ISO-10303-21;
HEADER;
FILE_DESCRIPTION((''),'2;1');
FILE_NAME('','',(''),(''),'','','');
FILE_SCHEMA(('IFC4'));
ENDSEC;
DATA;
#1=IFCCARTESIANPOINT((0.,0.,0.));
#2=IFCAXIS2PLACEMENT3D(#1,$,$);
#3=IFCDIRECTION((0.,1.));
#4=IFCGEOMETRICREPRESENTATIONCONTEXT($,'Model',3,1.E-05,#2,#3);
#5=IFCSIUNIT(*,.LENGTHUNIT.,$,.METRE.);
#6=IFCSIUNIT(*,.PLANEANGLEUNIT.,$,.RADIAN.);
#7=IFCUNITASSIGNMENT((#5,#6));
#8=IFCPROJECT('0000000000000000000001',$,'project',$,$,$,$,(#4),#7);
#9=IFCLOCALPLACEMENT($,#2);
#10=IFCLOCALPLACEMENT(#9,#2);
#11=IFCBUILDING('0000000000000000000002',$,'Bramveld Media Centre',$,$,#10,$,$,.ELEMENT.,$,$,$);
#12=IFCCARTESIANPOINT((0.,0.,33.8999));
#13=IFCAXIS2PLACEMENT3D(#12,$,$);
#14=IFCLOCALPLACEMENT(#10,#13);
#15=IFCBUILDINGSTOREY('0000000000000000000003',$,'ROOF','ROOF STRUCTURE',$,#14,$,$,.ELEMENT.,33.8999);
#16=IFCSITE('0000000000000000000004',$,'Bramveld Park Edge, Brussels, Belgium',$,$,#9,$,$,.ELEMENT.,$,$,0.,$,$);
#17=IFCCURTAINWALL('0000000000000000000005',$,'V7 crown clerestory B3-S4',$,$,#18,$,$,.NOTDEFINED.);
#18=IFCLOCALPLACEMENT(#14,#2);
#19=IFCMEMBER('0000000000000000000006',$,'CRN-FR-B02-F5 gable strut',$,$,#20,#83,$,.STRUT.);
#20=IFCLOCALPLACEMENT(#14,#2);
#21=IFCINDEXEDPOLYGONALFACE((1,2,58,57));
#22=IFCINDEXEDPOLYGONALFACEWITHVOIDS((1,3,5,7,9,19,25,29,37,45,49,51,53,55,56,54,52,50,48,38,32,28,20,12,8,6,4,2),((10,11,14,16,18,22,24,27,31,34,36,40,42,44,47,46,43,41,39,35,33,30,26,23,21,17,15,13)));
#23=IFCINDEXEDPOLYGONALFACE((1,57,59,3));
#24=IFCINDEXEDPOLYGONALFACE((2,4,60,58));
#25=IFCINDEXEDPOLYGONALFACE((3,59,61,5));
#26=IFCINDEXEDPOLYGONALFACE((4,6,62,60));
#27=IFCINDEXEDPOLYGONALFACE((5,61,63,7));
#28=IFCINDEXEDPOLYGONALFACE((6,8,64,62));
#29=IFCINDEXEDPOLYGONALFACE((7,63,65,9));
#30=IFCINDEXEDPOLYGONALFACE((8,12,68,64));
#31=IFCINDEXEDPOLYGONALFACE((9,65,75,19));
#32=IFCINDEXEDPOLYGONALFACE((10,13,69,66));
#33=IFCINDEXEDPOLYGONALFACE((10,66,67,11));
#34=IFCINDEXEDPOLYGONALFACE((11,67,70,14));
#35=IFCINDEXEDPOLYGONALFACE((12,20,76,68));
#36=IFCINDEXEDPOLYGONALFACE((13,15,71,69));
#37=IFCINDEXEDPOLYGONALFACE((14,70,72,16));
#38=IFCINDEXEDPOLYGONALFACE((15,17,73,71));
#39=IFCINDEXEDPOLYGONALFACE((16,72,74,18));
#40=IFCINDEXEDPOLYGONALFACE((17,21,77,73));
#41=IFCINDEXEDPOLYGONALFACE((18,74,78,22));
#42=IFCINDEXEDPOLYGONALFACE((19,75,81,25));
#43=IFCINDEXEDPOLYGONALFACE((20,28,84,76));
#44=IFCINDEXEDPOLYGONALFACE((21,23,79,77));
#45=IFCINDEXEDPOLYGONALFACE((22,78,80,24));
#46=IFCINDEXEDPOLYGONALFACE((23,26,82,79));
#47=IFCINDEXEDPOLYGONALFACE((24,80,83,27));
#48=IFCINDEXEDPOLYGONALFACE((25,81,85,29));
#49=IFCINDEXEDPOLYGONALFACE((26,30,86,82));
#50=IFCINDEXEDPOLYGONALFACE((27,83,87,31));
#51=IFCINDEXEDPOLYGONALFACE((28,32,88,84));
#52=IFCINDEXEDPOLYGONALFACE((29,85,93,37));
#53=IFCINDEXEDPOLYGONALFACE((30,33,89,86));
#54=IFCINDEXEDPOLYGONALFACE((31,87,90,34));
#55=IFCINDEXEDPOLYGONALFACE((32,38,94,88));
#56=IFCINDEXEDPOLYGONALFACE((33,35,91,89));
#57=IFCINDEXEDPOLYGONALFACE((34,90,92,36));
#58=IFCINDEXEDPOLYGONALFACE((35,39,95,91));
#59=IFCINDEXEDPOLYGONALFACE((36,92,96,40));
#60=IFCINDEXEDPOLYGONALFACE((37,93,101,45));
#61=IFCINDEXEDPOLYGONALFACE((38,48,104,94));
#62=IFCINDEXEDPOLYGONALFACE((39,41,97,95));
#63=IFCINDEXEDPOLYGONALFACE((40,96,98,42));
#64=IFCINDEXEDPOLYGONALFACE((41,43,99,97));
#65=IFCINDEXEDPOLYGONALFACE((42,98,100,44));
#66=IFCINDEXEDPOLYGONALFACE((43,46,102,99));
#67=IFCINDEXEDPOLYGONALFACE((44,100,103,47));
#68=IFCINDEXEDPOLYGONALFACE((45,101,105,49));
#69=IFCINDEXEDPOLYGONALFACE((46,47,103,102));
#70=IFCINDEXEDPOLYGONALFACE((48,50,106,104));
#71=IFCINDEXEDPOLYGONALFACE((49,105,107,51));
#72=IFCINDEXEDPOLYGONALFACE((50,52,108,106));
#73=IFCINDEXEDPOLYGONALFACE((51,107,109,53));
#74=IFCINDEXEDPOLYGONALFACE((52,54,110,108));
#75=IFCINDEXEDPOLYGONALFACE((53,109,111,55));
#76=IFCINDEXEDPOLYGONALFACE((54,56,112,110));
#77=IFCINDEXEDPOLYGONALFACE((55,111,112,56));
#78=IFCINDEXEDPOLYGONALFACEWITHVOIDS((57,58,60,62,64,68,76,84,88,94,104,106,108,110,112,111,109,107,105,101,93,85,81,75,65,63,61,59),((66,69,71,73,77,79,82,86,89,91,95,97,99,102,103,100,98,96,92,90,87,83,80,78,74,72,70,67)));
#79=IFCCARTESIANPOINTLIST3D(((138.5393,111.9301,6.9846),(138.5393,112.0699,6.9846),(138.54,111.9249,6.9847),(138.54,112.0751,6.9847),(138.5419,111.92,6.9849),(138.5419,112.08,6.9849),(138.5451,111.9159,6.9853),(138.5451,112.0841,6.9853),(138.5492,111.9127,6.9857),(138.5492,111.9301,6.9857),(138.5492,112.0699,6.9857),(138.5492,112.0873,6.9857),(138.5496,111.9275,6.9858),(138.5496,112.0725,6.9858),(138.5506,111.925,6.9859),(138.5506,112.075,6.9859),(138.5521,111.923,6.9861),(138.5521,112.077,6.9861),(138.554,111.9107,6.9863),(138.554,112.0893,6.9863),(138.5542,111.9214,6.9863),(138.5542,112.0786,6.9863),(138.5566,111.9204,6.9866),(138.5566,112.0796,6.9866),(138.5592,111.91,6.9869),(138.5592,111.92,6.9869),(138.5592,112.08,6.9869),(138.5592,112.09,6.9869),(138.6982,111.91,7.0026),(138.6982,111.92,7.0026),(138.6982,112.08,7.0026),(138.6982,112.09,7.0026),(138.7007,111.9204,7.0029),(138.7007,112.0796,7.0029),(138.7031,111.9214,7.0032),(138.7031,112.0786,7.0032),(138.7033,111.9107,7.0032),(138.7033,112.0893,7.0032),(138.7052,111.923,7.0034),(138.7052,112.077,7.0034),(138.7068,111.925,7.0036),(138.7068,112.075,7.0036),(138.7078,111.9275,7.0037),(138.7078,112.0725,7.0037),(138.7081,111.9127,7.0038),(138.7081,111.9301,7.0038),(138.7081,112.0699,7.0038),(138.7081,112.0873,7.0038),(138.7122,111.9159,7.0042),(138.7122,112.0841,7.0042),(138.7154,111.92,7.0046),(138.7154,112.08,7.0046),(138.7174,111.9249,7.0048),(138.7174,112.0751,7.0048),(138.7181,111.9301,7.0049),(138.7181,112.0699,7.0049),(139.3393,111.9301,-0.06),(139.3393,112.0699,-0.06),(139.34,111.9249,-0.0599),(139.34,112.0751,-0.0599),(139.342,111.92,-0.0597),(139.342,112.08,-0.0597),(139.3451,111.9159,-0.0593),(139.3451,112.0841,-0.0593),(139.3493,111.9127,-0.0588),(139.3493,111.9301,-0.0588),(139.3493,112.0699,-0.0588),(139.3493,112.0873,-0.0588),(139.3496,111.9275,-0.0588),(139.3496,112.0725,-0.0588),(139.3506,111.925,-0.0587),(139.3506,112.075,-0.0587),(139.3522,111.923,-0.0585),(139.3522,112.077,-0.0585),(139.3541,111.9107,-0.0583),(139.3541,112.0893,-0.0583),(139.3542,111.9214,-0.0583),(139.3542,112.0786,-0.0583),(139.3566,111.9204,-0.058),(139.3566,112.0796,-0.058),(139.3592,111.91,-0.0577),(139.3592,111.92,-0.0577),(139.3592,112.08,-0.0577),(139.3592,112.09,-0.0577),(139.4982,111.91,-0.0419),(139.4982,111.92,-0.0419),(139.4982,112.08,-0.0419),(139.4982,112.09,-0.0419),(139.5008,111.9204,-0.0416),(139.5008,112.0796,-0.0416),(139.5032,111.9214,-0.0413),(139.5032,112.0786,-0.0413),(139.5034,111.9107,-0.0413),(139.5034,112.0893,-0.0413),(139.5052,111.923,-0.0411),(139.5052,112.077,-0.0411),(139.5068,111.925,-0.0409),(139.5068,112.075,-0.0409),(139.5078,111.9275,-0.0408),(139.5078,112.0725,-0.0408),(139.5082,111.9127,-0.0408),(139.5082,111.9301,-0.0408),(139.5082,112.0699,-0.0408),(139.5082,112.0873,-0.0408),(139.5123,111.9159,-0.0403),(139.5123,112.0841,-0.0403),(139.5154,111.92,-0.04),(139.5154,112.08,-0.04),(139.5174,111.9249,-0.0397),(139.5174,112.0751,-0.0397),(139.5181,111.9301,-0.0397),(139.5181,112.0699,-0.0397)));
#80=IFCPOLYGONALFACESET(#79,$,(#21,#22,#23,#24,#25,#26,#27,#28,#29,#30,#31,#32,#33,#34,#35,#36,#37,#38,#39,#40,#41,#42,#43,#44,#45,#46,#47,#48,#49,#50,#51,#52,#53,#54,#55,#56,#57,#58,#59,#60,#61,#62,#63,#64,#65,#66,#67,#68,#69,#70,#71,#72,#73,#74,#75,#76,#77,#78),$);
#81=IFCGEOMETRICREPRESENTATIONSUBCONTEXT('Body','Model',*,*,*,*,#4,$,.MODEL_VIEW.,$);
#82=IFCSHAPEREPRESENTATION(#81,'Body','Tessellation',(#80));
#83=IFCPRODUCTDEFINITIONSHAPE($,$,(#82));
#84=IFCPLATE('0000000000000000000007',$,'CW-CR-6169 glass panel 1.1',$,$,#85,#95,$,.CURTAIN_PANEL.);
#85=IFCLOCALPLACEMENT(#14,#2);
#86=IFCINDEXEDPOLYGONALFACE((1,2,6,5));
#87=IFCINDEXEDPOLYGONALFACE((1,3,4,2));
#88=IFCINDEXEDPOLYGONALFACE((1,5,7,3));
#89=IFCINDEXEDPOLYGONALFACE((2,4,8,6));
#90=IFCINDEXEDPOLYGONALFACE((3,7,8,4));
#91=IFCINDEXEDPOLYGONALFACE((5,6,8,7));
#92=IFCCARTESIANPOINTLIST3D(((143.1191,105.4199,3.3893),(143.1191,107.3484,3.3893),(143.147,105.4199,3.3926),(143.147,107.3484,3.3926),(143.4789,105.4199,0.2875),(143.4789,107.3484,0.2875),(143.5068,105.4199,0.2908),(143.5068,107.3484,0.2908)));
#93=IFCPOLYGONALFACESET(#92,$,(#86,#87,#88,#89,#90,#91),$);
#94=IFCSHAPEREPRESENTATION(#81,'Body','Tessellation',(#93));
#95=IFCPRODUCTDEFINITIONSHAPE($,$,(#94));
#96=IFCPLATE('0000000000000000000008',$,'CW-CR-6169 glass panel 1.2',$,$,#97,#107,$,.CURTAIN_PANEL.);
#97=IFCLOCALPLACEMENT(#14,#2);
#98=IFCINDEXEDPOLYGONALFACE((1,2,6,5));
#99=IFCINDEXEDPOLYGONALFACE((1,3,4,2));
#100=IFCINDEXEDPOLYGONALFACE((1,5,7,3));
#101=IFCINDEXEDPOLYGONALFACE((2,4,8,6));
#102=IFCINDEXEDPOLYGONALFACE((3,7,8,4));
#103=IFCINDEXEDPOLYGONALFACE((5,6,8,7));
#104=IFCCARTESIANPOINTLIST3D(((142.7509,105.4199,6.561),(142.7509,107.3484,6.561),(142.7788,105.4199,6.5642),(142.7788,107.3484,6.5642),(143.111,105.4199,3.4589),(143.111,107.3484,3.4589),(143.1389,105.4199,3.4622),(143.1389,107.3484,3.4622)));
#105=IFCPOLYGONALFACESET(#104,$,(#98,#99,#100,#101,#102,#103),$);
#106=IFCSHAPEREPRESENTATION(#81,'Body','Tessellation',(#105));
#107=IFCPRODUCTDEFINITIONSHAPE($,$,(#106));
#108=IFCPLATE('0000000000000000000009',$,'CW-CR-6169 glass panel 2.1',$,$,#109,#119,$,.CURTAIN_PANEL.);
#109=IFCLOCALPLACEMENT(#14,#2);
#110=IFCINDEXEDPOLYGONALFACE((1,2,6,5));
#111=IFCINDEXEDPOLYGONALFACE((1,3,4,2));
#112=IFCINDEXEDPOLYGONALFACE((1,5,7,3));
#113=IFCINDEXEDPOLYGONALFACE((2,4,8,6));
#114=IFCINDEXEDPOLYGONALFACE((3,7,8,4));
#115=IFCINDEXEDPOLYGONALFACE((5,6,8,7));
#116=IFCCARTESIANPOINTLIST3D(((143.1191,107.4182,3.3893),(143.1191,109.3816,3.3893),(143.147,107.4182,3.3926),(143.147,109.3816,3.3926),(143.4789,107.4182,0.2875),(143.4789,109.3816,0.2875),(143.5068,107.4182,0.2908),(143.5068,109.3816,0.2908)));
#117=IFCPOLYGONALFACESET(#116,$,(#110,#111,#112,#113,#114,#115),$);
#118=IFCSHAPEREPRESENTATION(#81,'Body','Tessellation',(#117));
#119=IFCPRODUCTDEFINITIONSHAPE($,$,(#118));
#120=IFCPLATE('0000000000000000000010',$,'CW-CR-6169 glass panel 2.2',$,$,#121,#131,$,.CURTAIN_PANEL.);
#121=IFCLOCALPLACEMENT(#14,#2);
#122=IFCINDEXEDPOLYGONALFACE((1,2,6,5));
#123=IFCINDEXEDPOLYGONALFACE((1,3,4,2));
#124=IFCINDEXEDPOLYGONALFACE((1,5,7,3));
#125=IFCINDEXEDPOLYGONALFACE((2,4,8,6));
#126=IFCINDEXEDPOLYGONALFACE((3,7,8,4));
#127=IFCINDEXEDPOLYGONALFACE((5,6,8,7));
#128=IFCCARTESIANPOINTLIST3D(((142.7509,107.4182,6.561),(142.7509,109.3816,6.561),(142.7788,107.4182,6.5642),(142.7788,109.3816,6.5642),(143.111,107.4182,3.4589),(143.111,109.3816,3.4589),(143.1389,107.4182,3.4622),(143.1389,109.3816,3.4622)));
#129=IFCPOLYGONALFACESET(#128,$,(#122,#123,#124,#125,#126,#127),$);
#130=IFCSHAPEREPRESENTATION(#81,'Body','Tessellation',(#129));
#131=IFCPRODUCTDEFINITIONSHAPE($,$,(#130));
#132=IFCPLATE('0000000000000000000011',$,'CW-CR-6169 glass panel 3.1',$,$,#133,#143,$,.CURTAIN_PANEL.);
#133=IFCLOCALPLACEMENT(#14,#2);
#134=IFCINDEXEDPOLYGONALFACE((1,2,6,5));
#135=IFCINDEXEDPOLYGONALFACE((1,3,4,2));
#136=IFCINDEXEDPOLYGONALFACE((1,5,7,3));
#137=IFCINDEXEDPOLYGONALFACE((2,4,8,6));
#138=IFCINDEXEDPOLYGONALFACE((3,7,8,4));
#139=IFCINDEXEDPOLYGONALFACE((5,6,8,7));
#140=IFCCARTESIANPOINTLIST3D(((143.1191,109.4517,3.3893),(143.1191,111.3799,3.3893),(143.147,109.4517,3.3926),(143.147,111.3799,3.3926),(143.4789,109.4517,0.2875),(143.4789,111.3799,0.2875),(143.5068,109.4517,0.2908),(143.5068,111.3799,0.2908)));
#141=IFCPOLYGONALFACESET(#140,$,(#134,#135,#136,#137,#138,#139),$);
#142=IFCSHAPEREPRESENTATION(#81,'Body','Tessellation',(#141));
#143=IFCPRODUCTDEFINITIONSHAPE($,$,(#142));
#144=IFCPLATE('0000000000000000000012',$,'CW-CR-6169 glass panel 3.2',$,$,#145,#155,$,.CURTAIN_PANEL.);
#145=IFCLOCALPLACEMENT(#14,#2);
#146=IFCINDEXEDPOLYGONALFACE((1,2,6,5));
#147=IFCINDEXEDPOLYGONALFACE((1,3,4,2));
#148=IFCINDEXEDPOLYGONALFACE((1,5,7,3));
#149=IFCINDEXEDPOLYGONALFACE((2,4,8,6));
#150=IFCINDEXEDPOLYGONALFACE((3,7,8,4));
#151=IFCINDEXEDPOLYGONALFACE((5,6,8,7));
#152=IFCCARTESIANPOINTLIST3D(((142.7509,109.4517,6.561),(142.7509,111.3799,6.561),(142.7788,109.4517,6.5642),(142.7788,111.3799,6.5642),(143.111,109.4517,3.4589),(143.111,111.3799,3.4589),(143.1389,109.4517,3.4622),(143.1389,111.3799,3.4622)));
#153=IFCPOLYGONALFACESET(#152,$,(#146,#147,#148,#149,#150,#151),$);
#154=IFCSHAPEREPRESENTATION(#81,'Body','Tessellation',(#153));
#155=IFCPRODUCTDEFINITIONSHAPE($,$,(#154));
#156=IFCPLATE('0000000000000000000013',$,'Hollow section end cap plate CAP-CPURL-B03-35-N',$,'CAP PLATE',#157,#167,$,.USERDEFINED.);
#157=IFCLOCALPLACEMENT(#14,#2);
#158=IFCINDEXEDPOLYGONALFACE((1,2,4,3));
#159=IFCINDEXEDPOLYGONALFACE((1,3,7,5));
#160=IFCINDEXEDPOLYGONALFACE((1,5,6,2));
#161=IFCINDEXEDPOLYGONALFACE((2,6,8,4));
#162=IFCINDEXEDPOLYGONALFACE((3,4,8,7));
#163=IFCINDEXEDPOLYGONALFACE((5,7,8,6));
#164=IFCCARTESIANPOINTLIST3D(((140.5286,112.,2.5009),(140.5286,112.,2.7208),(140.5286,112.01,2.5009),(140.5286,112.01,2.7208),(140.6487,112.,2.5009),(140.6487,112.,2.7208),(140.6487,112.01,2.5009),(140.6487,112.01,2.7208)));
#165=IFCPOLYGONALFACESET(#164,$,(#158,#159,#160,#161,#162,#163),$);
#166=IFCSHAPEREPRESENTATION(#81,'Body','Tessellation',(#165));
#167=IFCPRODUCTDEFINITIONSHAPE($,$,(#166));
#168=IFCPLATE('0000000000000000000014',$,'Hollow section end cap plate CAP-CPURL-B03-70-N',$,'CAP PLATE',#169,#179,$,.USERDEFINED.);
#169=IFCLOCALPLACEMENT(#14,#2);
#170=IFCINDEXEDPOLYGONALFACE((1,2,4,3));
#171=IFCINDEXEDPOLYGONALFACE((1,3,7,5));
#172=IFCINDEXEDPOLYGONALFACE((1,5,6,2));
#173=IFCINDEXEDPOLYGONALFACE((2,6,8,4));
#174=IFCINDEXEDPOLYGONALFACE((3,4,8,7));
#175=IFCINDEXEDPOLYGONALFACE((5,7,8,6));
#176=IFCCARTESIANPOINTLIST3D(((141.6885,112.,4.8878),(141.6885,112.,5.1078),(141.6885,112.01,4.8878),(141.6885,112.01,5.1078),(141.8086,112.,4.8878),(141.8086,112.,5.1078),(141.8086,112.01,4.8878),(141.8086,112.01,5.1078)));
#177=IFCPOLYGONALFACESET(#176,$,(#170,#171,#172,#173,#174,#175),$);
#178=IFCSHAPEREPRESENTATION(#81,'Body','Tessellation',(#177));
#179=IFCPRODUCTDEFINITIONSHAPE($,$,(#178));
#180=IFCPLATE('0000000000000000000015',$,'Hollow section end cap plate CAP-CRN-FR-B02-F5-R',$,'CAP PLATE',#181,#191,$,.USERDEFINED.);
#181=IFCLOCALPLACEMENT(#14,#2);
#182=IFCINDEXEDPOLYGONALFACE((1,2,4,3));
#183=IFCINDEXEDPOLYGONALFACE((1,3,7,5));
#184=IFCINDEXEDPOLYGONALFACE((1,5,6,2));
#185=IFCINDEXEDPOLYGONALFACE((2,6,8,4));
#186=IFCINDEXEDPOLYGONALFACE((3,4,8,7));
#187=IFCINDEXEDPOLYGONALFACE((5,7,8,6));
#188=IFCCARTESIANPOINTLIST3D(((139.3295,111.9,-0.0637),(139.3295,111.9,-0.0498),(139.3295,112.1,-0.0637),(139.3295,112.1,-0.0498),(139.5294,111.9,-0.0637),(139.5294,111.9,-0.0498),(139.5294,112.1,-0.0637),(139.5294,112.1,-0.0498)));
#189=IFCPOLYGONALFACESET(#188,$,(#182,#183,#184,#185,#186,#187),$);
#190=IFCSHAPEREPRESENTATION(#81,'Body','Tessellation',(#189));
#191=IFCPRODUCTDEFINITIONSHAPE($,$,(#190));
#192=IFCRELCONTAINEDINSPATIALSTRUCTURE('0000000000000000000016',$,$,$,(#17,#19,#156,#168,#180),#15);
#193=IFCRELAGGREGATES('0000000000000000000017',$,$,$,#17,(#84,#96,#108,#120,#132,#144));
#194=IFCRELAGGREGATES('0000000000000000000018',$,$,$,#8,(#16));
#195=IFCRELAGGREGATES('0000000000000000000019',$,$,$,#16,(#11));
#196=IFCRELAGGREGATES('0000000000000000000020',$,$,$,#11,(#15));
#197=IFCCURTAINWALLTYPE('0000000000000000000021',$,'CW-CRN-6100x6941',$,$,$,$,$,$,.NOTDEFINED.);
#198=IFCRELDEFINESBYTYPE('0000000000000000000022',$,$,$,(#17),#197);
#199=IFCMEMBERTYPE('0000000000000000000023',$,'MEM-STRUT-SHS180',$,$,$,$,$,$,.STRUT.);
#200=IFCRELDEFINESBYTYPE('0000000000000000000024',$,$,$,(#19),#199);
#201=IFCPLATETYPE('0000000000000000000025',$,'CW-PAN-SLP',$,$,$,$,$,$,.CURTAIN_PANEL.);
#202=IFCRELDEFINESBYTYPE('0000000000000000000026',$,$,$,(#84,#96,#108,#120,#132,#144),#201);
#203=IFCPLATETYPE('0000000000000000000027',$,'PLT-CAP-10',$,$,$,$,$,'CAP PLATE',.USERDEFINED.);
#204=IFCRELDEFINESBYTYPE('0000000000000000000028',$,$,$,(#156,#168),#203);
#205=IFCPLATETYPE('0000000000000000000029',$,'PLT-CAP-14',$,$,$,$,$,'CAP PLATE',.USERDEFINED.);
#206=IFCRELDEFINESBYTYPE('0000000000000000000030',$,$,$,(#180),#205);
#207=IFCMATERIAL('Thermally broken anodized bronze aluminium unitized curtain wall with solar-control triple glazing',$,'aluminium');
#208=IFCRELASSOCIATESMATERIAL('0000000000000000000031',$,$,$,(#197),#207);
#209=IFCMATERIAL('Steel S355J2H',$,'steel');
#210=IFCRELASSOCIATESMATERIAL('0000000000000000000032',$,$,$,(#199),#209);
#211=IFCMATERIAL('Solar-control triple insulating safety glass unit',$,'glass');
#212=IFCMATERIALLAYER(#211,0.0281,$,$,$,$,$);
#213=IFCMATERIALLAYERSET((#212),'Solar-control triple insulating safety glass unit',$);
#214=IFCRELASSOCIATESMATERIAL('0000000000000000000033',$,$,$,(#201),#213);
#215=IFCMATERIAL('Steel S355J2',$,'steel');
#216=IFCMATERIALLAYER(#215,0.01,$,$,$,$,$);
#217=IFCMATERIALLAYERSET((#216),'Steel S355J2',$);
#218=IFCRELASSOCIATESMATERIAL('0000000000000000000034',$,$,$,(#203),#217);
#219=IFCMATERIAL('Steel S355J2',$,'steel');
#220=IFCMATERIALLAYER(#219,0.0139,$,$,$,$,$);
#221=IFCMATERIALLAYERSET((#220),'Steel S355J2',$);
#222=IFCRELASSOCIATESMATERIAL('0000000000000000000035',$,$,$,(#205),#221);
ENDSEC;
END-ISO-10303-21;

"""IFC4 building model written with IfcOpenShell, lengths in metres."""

from ifc_helpers import new_model, si_unit, direction, frame, origin, origin_2d, place, context, subcontext, project, spatial, polyline, rectangle, hollow_rectangle, outline, extrude, material, layer, layer_set, material_profile, profile_set, type_object, element, aggregate, save


model = new_model("IFC4")

# Units and contexts
model_context = context("Model", 3, precision=1e-05, world=origin(), true_north=direction((0.0, 1.0)))
body_context = subcontext(model_context, "Body", "Model", "MODEL_VIEW")
ifc_project = project(units=[si_unit("LENGTHUNIT", "METRE"), si_unit("PLANEANGLEUNIT", "RADIAN")], contexts=[model_context])

# Site, building, storey
site_placement = place(None, origin())
site = spatial("IfcSite", under=ifc_project, at=site_placement, Name="Bramveld Park Edge, Brussels, Belgium", CompositionType="ELEMENT", RefElevation=0.0)
building_placement = place(site_placement, origin())
building = spatial("IfcBuilding", under=site, at=building_placement, Name="Bramveld Media Centre", CompositionType="ELEMENT")
storey_placement = place(building_placement, frame((0.0, 0.0, 33.8999)))
storey = spatial("IfcBuildingStorey", under=building, at=storey_placement, Name="ROOF", Description="ROOF STRUCTURE", CompositionType="ELEMENT", Elevation=33.8999)

# Curtain wall
ifc_material_1 = material(Name="Thermally broken anodized bronze aluminium unitized curtain wall with solar-control triple glazing", Category="aluminium")
curtain_wall_type = type_object("IfcCurtainWallType", Name="CW-CRN-6100x6941", PredefinedType="NOTDEFINED", material=ifc_material_1)
curtain_wall_1_placement = place(storey_placement, origin())
curtain_wall_1 = element("IfcCurtainWall", 1, at=curtain_wall_1_placement, inside=storey, type_object=curtain_wall_type, Name="V7 crown clerestory B3-S4", PredefinedType="NOTDEFINED")

# Member
ifc_material_2 = material(Name="Steel S355J2H", Category="steel")
ifc_material_profile_1 = material_profile(ifc_material_2, hollow_rectangle(XDim=0.1799, YDim=0.1799, WallThickness=0.01, InnerFilletRadius=0.01, OuterFilletRadius=0.02, at=origin_2d()), Name="SHS 180x180x10")
ifc_profile_set_1 = profile_set([ifc_material_profile_1], Name="Steel S355J2H")
member_type_1 = type_object("IfcMemberType", Name="MEM-STRUT-SHS180", PredefinedType="STRUT", material=ifc_profile_set_1)
member_1_placement = place(storey_placement, frame((139.4287, 112.0, -0.0498), z_axis=(-0.112842, 0.0, 0.993613), x_axis=(0.0, -1.0, 0.0)))
element("IfcMember", 2, at=member_1_placement, inside=storey, type_object=member_type_1, Name="CRN-FR-B02-F5 gable strut", PredefinedType="STRUT", context=body_context, shape_type="SweptSolid", body=[
    extrude(hollow_rectangle(XDim=0.1799, YDim=0.1799, WallThickness=0.01, InnerFilletRadius=0.01, OuterFilletRadius=0.02, at=origin_2d()), origin(), (0.0, 0.0, 1.0), 7.0898),
])

# Plates
ifc_material_3 = material(Name="Solar-control triple insulating safety glass unit", Category="glass")
ifc_layer_1 = layer(ifc_material_3, 0.0281)
ifc_layer_set_1 = layer_set([ifc_layer_1], Name="Solar-control triple insulating safety glass unit")
plate_type_1 = type_object("IfcPlateType", Name="CW-PAN-SLP", PredefinedType="CURTAIN_PANEL", material=ifc_layer_set_1)
plate_1_placement = place(storey_placement, frame((143.5068, 105.4199, 0.2908), z_axis=(0.993337, 0.0, 0.115244), x_axis=(0.0, 1.0, 0.0)))
plate_1 = element("IfcPlate", 3, at=plate_1_placement, type_object=plate_type_1, Name="CW-CR-6169 glass panel 1.1", PredefinedType="CURTAIN_PANEL", context=body_context, shape_type="SweptSolid", body=[
    extrude(outline(polyline([(0.0, 0.0), (1.9285, 0.0), (1.9285, 3.1226), (0.0, 3.1226), (0.0, 0.0)])), origin(), (0.0, 0.0, -1.0), 0.0281),
])
plate_2_placement = place(storey_placement, frame((143.1389, 105.4199, 3.4622), z_axis=(0.993329, 0.0, 0.115313), x_axis=(0.0, 1.0, 0.0)))
plate_2 = element("IfcPlate", 4, at=plate_2_placement, type_object=plate_type_1, Name="CW-CR-6169 glass panel 1.2", PredefinedType="CURTAIN_PANEL", context=body_context, shape_type="SweptSolid", body=[
    extrude(outline(polyline([(0.0, 0.0), (1.9285, 0.0), (1.9285, 3.1229), (0.0, 3.1229), (0.0, 0.0)])), origin(), (0.0, 0.0, -1.0), 0.0281),
])
plate_3_placement = place(storey_placement, frame((143.5068, 107.4182, 0.2908), z_axis=(0.993337, 0.0, 0.115244), x_axis=(0.0, 1.0, 0.0)))
plate_3 = element("IfcPlate", 5, at=plate_3_placement, type_object=plate_type_1, Name="CW-CR-6169 glass panel 2.1", PredefinedType="CURTAIN_PANEL", context=body_context, shape_type="SweptSolid", body=[
    extrude(outline(polyline([(0.0, 0.0), (1.9634, 0.0), (1.9634, 3.1226), (0.0, 3.1226), (0.0, 0.0)])), origin(), (0.0, 0.0, -1.0), 0.0281),
])
plate_4_placement = place(storey_placement, frame((143.1389, 107.4182, 3.4622), z_axis=(0.993329, 0.0, 0.115313), x_axis=(0.0, 1.0, 0.0)))
plate_4 = element("IfcPlate", 6, at=plate_4_placement, type_object=plate_type_1, Name="CW-CR-6169 glass panel 2.2", PredefinedType="CURTAIN_PANEL", context=body_context, shape_type="SweptSolid", body=[
    extrude(outline(polyline([(0.0, 0.0), (1.9634, 0.0), (1.9634, 3.1229), (0.0, 3.1229), (0.0, 0.0)])), origin(), (0.0, 0.0, -1.0), 0.0281),
])
plate_5_placement = place(storey_placement, frame((143.5068, 109.4517, 0.2908), z_axis=(0.993337, 0.0, 0.115244), x_axis=(0.0, 1.0, 0.0)))
plate_5 = element("IfcPlate", 7, at=plate_5_placement, type_object=plate_type_1, Name="CW-CR-6169 glass panel 3.1", PredefinedType="CURTAIN_PANEL", context=body_context, shape_type="SweptSolid", body=[
    extrude(outline(polyline([(0.0, 0.0), (1.9282, 0.0), (1.9282, 3.1226), (0.0, 3.1226), (0.0, 0.0)])), origin(), (0.0, 0.0, -1.0), 0.0281),
])
plate_6_placement = place(storey_placement, frame((143.1389, 109.4517, 3.4622), z_axis=(0.993329, 0.0, 0.115313), x_axis=(0.0, 1.0, 0.0)))
plate_6 = element("IfcPlate", 8, at=plate_6_placement, type_object=plate_type_1, Name="CW-CR-6169 glass panel 3.2", PredefinedType="CURTAIN_PANEL", context=body_context, shape_type="SweptSolid", body=[
    extrude(outline(polyline([(0.0, 0.0), (1.9282, 0.0), (1.9282, 3.1229), (0.0, 3.1229), (0.0, 0.0)])), origin(), (0.0, 0.0, -1.0), 0.0281),
])
aggregate(curtain_wall_1, [plate_1, plate_2, plate_3, plate_4, plate_5, plate_6])

# Plates
ifc_material_4 = material(Name="Steel S355J2", Category="steel")
ifc_layer_2 = layer(ifc_material_4, 0.01)
ifc_layer_set_2 = layer_set([ifc_layer_2], Name="Steel S355J2")
plate_type_2 = type_object("IfcPlateType", Name="PLT-CAP-10", ElementType="CAP PLATE", PredefinedType="USERDEFINED", material=ifc_layer_set_2)
for number, where, z_axis, x_axis, name in (
    (9, (140.5886, 112.0, 2.6108), (0.0, 1.0, 0.0), (-1.0, 0.0, 0.0), "Hollow section end cap plate CAP-CPURL-B03-35-N"),
    (10, (141.7485, 112.0, 4.9978), (0.0, 1.0, 0.0), (-1.0, 0.0, 0.0), "Hollow section end cap plate CAP-CPURL-B03-70-N"),
):
    element("IfcPlate", number, at=place(storey_placement, frame(where, z_axis=z_axis, x_axis=x_axis)), inside=storey, type_object=plate_type_2, Name=name, ObjectType="CAP PLATE", PredefinedType="USERDEFINED", context=body_context, shape_type="SweptSolid", body=[
        extrude(rectangle(XDim=0.1201, YDim=0.22, at=origin_2d()), origin(), (0.0, 0.0, 1.0), 0.01),
    ])
ifc_material_5 = material(Name="Steel S355J2", Category="steel")
ifc_layer_3 = layer(ifc_material_5, 0.0139)
ifc_layer_set_3 = layer_set([ifc_layer_3], Name="Steel S355J2")
plate_type_3 = type_object("IfcPlateType", Name="PLT-CAP-14", ElementType="CAP PLATE", PredefinedType="USERDEFINED", material=ifc_layer_set_3)
for number, where, z_axis, x_axis, name in (
    (11, (139.4294, 112.0, -0.0498), (0.0, 0.0, -1.0), (1.0, 0.0, 0.0), "Hollow section end cap plate CAP-CRN-FR-B02-F5-R"),
):
    element("IfcPlate", number, at=place(storey_placement, frame(where, z_axis=z_axis, x_axis=x_axis)), inside=storey, type_object=plate_type_3, Name=name, ObjectType="CAP PLATE", PredefinedType="USERDEFINED", context=body_context, shape_type="SweptSolid", body=[
        extrude(rectangle(XDim=0.2, YDim=0.2, at=origin_2d()), origin(), (0.0, 0.0, 1.0), 0.0139),
    ])

save(model, "model.ifc")
